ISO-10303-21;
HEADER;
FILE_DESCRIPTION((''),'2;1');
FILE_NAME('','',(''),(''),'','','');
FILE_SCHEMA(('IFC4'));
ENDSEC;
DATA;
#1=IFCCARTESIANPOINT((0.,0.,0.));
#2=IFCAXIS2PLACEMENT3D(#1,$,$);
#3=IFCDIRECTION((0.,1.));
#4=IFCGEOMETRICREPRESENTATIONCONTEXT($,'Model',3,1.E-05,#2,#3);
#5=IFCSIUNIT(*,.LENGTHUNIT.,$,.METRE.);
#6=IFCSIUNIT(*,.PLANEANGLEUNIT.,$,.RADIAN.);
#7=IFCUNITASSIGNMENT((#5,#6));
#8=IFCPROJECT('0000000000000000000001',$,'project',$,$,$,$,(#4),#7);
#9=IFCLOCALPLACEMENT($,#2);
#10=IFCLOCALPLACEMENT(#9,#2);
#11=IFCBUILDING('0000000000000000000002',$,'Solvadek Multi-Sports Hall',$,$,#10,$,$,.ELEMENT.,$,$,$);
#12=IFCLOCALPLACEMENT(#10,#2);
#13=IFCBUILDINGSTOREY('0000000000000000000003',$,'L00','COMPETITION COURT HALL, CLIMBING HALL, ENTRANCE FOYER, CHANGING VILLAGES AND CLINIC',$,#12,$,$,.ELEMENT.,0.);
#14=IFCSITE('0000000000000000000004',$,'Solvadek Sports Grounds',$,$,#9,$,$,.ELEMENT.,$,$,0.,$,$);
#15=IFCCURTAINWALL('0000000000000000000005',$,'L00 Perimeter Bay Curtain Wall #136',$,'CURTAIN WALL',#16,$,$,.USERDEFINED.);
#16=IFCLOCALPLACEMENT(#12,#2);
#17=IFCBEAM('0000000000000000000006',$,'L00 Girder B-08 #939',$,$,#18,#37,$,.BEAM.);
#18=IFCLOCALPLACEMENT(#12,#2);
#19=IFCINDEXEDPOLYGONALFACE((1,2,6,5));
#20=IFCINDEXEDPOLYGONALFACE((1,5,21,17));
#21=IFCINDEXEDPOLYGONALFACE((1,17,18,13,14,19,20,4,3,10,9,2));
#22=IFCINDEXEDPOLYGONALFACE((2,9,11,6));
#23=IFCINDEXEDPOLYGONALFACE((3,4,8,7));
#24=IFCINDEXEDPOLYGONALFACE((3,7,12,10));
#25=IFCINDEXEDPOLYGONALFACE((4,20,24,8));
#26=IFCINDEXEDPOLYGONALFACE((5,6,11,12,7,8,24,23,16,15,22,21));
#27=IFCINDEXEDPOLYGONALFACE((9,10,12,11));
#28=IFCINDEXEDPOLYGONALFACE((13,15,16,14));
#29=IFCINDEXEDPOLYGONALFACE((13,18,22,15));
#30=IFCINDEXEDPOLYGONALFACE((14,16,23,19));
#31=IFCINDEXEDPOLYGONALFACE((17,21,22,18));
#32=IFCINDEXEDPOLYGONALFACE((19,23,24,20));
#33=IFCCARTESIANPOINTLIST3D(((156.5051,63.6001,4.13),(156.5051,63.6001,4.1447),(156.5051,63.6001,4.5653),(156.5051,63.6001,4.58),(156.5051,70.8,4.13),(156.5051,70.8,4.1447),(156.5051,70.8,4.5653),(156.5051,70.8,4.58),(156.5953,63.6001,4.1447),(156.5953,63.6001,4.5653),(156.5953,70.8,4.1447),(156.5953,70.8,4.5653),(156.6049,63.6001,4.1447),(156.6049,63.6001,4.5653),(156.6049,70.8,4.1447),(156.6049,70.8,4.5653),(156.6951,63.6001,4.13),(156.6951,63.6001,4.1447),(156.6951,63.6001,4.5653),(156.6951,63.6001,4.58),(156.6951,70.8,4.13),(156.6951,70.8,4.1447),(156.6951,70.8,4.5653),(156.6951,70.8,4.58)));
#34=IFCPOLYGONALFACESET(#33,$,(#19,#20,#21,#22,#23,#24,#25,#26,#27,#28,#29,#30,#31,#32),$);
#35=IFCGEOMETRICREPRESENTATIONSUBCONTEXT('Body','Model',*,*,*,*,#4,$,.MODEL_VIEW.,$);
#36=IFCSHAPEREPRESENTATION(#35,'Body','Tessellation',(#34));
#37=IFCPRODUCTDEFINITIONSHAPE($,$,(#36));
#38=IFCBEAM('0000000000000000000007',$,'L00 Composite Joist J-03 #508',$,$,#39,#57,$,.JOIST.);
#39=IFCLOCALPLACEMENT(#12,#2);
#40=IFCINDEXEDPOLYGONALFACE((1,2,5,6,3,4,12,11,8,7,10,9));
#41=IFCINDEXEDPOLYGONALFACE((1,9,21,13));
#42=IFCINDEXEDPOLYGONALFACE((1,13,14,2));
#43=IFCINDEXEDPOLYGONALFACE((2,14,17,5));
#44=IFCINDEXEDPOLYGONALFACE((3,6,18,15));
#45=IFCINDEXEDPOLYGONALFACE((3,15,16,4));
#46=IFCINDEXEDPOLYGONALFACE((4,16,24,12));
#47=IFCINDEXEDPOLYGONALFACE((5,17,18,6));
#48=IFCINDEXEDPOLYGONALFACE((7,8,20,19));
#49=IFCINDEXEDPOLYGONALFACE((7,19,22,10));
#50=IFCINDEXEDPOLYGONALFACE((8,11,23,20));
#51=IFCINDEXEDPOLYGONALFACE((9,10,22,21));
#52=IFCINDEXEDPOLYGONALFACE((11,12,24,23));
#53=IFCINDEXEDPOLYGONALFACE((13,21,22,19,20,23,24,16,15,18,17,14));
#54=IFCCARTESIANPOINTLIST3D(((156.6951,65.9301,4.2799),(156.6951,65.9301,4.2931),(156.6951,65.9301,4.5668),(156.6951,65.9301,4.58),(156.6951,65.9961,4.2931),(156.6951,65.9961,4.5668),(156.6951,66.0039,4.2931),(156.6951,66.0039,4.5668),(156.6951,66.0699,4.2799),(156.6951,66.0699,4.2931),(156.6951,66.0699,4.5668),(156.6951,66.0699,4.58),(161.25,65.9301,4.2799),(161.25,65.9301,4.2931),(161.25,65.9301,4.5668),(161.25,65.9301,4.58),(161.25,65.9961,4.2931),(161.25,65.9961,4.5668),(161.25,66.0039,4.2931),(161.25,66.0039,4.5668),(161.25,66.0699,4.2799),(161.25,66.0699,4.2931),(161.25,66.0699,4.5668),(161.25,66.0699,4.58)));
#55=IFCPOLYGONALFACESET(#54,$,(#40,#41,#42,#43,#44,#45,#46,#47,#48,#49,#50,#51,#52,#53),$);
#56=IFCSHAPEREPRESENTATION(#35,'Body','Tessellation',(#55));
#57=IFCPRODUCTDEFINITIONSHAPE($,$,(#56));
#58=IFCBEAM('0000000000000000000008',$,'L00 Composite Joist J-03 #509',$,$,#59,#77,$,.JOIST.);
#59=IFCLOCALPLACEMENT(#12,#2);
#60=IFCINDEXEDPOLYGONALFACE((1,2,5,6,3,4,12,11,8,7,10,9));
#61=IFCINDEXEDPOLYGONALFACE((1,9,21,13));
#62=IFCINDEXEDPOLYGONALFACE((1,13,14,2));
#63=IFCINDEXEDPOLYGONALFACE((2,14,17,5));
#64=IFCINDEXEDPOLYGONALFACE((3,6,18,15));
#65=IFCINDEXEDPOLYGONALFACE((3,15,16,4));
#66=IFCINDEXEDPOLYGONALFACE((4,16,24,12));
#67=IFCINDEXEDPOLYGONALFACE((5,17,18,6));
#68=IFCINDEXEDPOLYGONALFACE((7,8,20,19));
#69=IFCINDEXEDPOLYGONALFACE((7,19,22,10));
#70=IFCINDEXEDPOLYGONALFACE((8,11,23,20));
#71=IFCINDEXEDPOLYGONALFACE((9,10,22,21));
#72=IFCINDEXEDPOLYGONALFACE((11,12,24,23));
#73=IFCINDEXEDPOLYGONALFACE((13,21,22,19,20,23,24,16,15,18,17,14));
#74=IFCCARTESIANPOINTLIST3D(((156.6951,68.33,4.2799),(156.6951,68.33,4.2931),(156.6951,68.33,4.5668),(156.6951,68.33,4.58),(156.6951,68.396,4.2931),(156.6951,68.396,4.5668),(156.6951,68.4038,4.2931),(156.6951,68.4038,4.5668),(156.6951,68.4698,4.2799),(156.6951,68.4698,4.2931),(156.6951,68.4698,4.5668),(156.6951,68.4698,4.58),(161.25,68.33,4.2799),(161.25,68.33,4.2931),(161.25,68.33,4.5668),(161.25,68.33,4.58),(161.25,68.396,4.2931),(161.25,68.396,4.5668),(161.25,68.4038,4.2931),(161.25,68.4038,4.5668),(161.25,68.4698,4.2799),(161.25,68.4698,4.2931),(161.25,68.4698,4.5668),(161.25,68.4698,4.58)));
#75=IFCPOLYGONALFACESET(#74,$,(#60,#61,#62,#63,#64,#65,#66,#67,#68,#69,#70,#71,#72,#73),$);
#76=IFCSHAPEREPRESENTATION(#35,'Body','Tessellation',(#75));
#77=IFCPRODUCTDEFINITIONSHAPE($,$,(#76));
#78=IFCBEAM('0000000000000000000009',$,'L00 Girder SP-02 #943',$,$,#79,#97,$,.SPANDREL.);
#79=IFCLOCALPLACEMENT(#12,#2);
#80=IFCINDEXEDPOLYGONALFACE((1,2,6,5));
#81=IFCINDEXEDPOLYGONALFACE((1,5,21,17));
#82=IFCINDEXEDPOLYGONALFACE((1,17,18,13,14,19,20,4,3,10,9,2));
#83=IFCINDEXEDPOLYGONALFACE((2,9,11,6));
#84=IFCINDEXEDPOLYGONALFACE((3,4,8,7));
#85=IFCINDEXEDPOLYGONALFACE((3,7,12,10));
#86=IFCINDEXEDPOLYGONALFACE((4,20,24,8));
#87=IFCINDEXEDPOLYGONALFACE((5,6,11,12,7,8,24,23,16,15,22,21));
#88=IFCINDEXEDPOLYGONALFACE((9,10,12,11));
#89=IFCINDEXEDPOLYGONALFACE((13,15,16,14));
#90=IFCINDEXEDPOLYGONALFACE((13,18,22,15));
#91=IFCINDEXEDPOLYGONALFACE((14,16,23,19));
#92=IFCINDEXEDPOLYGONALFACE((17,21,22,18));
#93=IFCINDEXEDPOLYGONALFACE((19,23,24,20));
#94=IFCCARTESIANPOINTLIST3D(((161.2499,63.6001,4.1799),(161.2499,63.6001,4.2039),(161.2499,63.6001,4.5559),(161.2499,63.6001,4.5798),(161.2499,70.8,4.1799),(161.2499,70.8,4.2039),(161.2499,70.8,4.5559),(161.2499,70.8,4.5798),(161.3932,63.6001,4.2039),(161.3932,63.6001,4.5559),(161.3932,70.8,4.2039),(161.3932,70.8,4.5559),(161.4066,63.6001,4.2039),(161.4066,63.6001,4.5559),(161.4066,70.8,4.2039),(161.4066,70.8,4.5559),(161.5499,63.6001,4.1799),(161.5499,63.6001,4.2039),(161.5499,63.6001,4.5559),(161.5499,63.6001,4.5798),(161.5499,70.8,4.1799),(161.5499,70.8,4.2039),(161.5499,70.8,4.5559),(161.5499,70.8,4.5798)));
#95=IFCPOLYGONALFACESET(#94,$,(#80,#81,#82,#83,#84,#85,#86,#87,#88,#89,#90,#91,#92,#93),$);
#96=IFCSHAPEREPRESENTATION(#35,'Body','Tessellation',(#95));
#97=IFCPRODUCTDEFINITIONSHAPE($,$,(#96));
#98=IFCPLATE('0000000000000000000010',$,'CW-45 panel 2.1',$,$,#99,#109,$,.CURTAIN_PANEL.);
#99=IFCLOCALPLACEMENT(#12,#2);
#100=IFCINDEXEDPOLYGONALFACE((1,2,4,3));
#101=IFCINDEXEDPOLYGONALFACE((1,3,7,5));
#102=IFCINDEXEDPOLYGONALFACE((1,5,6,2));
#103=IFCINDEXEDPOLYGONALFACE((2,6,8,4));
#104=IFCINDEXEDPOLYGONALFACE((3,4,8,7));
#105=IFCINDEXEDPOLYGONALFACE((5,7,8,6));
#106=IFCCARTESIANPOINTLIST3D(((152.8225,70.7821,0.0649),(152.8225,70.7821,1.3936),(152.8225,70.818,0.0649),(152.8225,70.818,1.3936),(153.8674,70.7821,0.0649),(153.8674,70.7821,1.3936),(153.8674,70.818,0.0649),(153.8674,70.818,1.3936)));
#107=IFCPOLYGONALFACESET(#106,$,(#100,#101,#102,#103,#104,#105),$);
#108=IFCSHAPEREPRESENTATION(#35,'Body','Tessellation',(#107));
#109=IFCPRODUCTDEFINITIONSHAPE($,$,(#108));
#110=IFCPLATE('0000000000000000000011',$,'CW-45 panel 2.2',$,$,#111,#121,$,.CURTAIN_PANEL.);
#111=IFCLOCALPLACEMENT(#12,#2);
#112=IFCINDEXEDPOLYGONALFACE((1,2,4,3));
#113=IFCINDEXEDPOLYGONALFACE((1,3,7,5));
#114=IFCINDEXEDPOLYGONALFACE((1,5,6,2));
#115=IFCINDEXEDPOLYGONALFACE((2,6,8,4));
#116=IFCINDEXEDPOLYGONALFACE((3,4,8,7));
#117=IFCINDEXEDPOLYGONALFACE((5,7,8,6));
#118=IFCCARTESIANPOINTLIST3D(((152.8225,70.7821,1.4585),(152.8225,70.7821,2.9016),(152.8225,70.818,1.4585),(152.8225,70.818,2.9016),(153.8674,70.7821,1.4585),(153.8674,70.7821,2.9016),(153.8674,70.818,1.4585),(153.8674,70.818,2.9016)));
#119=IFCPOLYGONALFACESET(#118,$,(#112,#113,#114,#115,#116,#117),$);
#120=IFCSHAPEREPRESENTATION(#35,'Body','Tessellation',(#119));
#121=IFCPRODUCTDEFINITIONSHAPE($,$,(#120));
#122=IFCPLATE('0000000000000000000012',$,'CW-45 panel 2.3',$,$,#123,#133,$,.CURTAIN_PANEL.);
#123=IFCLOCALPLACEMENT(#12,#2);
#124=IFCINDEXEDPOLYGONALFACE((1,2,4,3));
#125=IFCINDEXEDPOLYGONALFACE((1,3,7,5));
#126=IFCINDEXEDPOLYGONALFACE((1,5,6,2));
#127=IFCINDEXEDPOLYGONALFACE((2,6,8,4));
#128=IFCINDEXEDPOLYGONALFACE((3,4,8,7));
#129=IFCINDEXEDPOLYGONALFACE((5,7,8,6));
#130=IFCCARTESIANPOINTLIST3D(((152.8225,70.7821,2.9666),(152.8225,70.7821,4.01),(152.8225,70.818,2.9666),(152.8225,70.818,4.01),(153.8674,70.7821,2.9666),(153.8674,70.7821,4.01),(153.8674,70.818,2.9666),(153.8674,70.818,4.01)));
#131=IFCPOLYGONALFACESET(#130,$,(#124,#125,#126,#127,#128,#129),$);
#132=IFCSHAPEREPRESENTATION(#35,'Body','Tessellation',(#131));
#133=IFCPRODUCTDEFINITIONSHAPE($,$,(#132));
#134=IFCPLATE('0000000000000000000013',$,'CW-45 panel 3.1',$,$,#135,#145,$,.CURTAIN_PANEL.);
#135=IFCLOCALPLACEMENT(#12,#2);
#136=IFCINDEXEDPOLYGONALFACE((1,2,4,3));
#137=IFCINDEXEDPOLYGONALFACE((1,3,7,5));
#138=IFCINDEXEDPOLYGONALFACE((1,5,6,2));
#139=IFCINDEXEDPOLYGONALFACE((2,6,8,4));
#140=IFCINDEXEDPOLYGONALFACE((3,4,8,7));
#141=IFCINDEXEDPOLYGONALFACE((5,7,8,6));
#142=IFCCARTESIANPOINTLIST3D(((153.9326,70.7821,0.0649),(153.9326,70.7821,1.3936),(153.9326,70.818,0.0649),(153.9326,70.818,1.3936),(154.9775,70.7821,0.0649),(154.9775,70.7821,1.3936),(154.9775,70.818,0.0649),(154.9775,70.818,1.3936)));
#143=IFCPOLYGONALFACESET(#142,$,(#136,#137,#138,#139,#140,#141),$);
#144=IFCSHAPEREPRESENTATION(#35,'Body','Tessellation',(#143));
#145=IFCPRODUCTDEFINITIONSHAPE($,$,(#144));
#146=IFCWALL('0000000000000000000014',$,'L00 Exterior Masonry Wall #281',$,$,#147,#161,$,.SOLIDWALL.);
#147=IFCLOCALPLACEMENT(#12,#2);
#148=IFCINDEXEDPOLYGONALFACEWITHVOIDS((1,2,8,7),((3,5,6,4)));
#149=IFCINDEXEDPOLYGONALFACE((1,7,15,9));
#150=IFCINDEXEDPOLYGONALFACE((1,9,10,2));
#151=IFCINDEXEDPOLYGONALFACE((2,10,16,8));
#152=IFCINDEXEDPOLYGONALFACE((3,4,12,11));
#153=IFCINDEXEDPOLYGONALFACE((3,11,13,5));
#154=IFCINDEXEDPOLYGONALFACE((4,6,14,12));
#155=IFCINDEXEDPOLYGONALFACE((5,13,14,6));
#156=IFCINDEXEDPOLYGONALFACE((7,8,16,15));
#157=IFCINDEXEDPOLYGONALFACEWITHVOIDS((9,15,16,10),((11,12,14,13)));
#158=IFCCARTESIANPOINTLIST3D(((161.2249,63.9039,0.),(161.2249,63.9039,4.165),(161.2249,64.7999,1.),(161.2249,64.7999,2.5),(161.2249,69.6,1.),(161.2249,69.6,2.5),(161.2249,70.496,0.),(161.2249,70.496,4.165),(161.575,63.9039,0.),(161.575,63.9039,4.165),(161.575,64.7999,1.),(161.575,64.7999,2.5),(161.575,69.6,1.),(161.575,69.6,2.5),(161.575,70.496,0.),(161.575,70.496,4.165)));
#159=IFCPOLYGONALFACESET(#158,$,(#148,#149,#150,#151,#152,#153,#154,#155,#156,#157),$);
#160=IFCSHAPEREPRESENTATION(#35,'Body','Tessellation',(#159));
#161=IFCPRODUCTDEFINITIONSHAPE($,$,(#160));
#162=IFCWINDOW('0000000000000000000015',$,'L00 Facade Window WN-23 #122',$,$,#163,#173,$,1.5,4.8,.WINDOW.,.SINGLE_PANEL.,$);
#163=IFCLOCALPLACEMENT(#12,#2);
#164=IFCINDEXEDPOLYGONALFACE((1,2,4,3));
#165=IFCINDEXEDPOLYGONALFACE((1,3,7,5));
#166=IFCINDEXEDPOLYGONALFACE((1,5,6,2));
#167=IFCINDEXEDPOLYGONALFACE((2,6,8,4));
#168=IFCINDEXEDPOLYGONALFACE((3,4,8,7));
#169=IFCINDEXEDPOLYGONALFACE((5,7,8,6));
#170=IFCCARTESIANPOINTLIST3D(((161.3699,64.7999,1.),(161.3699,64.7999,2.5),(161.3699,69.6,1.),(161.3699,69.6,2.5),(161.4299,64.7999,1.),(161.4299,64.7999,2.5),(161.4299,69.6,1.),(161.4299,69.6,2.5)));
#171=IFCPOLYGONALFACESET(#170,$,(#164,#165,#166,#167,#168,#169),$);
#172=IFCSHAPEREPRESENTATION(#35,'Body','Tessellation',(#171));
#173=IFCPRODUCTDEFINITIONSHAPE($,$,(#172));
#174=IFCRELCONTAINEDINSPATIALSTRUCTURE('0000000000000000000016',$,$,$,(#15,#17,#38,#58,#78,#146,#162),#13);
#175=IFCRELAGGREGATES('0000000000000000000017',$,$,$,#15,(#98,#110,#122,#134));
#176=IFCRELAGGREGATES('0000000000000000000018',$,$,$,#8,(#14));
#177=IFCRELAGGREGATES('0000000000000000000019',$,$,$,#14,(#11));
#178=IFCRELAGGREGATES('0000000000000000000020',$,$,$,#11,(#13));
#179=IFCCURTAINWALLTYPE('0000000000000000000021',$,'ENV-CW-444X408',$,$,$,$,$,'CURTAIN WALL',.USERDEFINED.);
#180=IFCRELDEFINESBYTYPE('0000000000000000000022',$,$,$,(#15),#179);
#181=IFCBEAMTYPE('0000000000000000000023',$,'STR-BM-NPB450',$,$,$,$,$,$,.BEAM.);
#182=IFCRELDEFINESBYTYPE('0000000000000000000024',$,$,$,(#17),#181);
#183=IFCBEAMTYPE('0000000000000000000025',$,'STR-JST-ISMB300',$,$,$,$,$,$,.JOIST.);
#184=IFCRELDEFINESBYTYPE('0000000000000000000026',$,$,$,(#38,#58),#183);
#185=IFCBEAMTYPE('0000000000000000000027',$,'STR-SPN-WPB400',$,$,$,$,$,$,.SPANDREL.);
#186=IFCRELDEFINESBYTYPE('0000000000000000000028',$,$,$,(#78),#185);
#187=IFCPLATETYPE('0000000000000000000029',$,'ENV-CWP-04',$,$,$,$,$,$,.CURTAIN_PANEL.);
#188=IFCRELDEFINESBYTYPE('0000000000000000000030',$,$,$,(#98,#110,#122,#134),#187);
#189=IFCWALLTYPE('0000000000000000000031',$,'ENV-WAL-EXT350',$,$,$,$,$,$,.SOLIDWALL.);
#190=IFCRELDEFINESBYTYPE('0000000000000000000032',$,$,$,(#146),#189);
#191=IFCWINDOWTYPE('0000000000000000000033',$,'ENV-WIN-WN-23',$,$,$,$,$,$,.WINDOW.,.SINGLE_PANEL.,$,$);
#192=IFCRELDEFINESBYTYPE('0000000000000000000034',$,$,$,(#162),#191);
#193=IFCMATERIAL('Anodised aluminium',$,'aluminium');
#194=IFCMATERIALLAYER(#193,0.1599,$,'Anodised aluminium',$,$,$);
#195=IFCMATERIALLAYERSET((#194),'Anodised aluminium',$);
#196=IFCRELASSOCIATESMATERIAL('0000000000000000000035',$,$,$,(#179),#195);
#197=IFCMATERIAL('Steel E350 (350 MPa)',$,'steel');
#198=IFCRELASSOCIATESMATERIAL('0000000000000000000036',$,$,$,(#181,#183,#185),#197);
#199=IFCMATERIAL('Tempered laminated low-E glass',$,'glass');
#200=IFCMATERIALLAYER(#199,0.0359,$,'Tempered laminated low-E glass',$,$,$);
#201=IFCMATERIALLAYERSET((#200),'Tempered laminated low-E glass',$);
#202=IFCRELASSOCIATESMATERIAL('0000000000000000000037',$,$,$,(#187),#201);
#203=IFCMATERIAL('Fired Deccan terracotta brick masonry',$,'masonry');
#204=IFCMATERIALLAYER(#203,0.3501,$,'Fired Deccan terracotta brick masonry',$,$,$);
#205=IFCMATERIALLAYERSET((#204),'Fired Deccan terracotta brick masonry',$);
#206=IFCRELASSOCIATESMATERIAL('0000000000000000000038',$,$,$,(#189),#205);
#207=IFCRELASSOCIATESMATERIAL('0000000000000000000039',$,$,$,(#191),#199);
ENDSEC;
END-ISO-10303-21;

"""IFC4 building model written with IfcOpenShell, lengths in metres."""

from ifc_helpers import new_model, si_unit, direction, frame, frame_2d, origin, origin_2d, place, context, subcontext, project, spatial, rectangle, i_section, extrude, material, layer, layer_set, material_profile, profile_set, type_object, element, fill, aggregate, save


model = new_model("IFC4")

# Units and contexts
model_context = context("Model", 3, precision=1e-05, world=origin(), true_north=direction((0.0, 1.0)))
body_context = subcontext(model_context, "Body", "Model", "MODEL_VIEW")
ifc_project = project(units=[si_unit("LENGTHUNIT", "METRE"), si_unit("PLANEANGLEUNIT", "RADIAN")], contexts=[model_context])

# Site, building, storey
site_placement = place(None, origin())
site = spatial("IfcSite", under=ifc_project, at=site_placement, Name="Solvadek Sports Grounds", CompositionType="ELEMENT", RefElevation=0.0)
building_placement = place(site_placement, origin())
building = spatial("IfcBuilding", under=site, at=building_placement, Name="Solvadek Multi-Sports Hall", CompositionType="ELEMENT")
storey_placement = place(building_placement, origin())
storey = spatial("IfcBuildingStorey", under=building, at=storey_placement, Name="L00", Description="COMPETITION COURT HALL, CLIMBING HALL, ENTRANCE FOYER, CHANGING VILLAGES AND CLINIC", CompositionType="ELEMENT", Elevation=0.0)

# Shared definitions
ifc_material_1 = material(Name="Steel E350 (350 MPa)", Category="steel")

# Curtain wall
ifc_material_2 = material(Name="Anodised aluminium", Category="aluminium")
ifc_layer_1 = layer(ifc_material_2, 0.1599, Name="Anodised aluminium")
ifc_layer_set_1 = layer_set([ifc_layer_1], Name="Anodised aluminium")
curtain_wall_type = type_object("IfcCurtainWallType", Name="ENV-CW-444X408", ElementType="CURTAIN WALL", PredefinedType="USERDEFINED", material=ifc_layer_set_1)
curtain_wall_placement = place(storey_placement, origin())
curtain_wall = element("IfcCurtainWall", 1, at=curtain_wall_placement, inside=storey, type_object=curtain_wall_type, Name="L00 Perimeter Bay Curtain Wall #136", ObjectType="CURTAIN WALL", PredefinedType="USERDEFINED")

# Beams
ifc_material_profile_1 = material_profile(ifc_material_1, i_section(OverallWidth=0.1899, OverallDepth=0.45, WebThickness=0.0095, FlangeThickness=0.0146, at=origin_2d()), Name="NPB 450")
ifc_profile_set_1 = profile_set([ifc_material_profile_1], Name="Steel E350 (350 MPa)")
beam_type_1 = type_object("IfcBeamType", Name="STR-BM-NPB450", PredefinedType="BEAM", material=ifc_profile_set_1)
beam_1_placement = place(storey_placement, frame((156.6001, 63.6001, 4.355), z_axis=(0.0, 1.0, 0.0), x_axis=(-1.0, 0.0, 0.0)))
element("IfcBeam", 2, at=beam_1_placement, inside=storey, type_object=beam_type_1, Name="L00 Girder B-08 #939", PredefinedType="BEAM", context=body_context, shape_type="SweptSolid", body=[
    extrude(i_section(OverallWidth=0.1899, OverallDepth=0.45, WebThickness=0.0095, FlangeThickness=0.0146, at=origin_2d()), origin(), (0.0, 0.0, 1.0), 7.2),
])
ifc_material_profile_2 = material_profile(ifc_material_1, i_section(OverallWidth=0.1399, OverallDepth=0.3, WebThickness=0.0078, FlangeThickness=0.0132, at=origin_2d()), Name="ISMB 300")
ifc_profile_set_2 = profile_set([ifc_material_profile_2], Name="Steel E350 (350 MPa)")
beam_type_2 = type_object("IfcBeamType", Name="STR-JST-ISMB300", PredefinedType="JOIST", material=ifc_profile_set_2)
for number, where, z_axis, x_axis, name in (
    (3, (156.6951, 66.0, 4.4299), (1.0, 0.0, 0.0), (0.0, 1.0, 0.0), "L00 Composite Joist J-03 #508"),
    (4, (156.6951, 68.3999, 4.4299), (1.0, 0.0, 0.0), (0.0, 1.0, 0.0), "L00 Composite Joist J-03 #509"),
):
    element("IfcBeam", number, at=place(storey_placement, frame(where, z_axis=z_axis, x_axis=x_axis)), inside=storey, type_object=beam_type_2, Name=name, PredefinedType="JOIST", context=body_context, shape_type="SweptSolid", body=[
        extrude(i_section(OverallWidth=0.1399, OverallDepth=0.3, WebThickness=0.0078, FlangeThickness=0.0132, at=origin_2d()), origin(), (0.0, 0.0, 1.0), 4.5549),
    ])
ifc_material_profile_3 = material_profile(ifc_material_1, i_section(OverallWidth=0.3, OverallDepth=0.3999, WebThickness=0.0134, FlangeThickness=0.0239, at=origin_2d()), Name="WPB 400")
ifc_profile_set_3 = profile_set([ifc_material_profile_3], Name="Steel E350 (350 MPa)")
beam_type_3 = type_object("IfcBeamType", Name="STR-SPN-WPB400", PredefinedType="SPANDREL", material=ifc_profile_set_3)
beam_2_placement = place(storey_placement, frame((161.3999, 63.6001, 4.3799), z_axis=(0.0, 1.0, 0.0), x_axis=(-1.0, 0.0, 0.0)))
element("IfcBeam", 5, at=beam_2_placement, inside=storey, type_object=beam_type_3, Name="L00 Girder SP-02 #943", PredefinedType="SPANDREL", context=body_context, shape_type="SweptSolid", body=[
    extrude(i_section(OverallWidth=0.3, OverallDepth=0.3999, WebThickness=0.0134, FlangeThickness=0.0239, at=origin_2d()), origin(), (0.0, 0.0, 1.0), 7.2),
])

# Plates
ifc_material_3 = material(Name="Tempered laminated low-E glass", Category="glass")
ifc_layer_2 = layer(ifc_material_3, 0.0359, Name="Tempered laminated low-E glass")
ifc_layer_set_2 = layer_set([ifc_layer_2], Name="Tempered laminated low-E glass")
plate_type = type_object("IfcPlateType", Name="ENV-CWP-04", PredefinedType="CURTAIN_PANEL", material=ifc_layer_set_2)
plate_1_placement = place(storey_placement, frame((153.345, 70.8, 0.0649), z_axis=(0.0, 0.0, 1.0), x_axis=(1.0, 0.0, 0.0)))
plate_1 = element("IfcPlate", 6, at=plate_1_placement, type_object=plate_type, Name="CW-45 panel 2.1", PredefinedType="CURTAIN_PANEL", context=body_context, shape_type="SweptSolid", body=[
    extrude(rectangle(XDim=1.0449, YDim=0.0359, at=origin_2d()), origin(), (0.0, 0.0, 1.0), 1.3286),
])
plate_2_placement = place(storey_placement, frame((153.345, 70.8, 1.4585), z_axis=(0.0, 0.0, 1.0), x_axis=(1.0, 0.0, 0.0)))
plate_2 = element("IfcPlate", 7, at=plate_2_placement, type_object=plate_type, Name="CW-45 panel 2.2", PredefinedType="CURTAIN_PANEL", context=body_context, shape_type="SweptSolid", body=[
    extrude(rectangle(XDim=1.0449, YDim=0.0359, at=origin_2d()), origin(), (0.0, 0.0, 1.0), 1.4431),
])
plate_3_placement = place(storey_placement, frame((153.345, 70.8, 2.9666), z_axis=(0.0, 0.0, 1.0), x_axis=(1.0, 0.0, 0.0)))
plate_3 = element("IfcPlate", 8, at=plate_3_placement, type_object=plate_type, Name="CW-45 panel 2.3", PredefinedType="CURTAIN_PANEL", context=body_context, shape_type="SweptSolid", body=[
    extrude(rectangle(XDim=1.0449, YDim=0.0359, at=origin_2d()), origin(), (0.0, 0.0, 1.0), 1.0435),
])
plate_4_placement = place(storey_placement, frame((154.4551, 70.8, 0.0649), z_axis=(0.0, 0.0, 1.0), x_axis=(1.0, 0.0, 0.0)))
plate_4 = element("IfcPlate", 9, at=plate_4_placement, type_object=plate_type, Name="CW-45 panel 3.1", PredefinedType="CURTAIN_PANEL", context=body_context, shape_type="SweptSolid", body=[
    extrude(rectangle(XDim=1.0449, YDim=0.0359, at=origin_2d()), origin(), (0.0, 0.0, 1.0), 1.3286),
])
aggregate(curtain_wall, [plate_1, plate_2, plate_3, plate_4])

# Wall, opening, window
ifc_material_4 = material(Name="Fired Deccan terracotta brick masonry", Category="masonry")
ifc_layer_3 = layer(ifc_material_4, 0.3501, Name="Fired Deccan terracotta brick masonry")
ifc_layer_set_3 = layer_set([ifc_layer_3], Name="Fired Deccan terracotta brick masonry")
wall_type = type_object("IfcWallType", Name="ENV-WAL-EXT350", PredefinedType="SOLIDWALL", material=ifc_layer_set_3)
wall_placement = place(storey_placement, frame((161.3999, 63.9041, 0.0), z_axis=(0.0, 0.0, 1.0), x_axis=(0.0, 1.0, 0.0)))
wall = element("IfcWall", 10, at=wall_placement, inside=storey, type_object=wall_type, Name="L00 Exterior Masonry Wall #281", PredefinedType="SOLIDWALL", context=body_context, shape_type="SweptSolid", body=[
    extrude(rectangle(XDim=6.592, YDim=0.3501, at=frame_2d((3.2959, 0.0))), origin(), (0.0, 0.0, 1.0), 4.165),
])
opening_placement = place(wall_placement, frame((0.896, 0.0, 1.0)))
opening = element("IfcOpeningElement", 11, at=opening_placement, cuts=wall, PredefinedType="OPENING", context=body_context, shape_type="SweptSolid", body=[
    extrude(rectangle(XDim=4.8, YDim=1.5, at=frame_2d((2.3999, 0.75))), frame((0.0, 0.1851, 0.0), z_axis=(0.0, -1.0, 0.0), x_axis=(1.0, 0.0, 0.0)), (0.0, 0.0, 1.0), 0.3701),
])
window_type = type_object("IfcWindowType", Name="ENV-WIN-WN-23", PartitioningType="SINGLE_PANEL", PredefinedType="WINDOW", material=ifc_material_3)
window_placement = place(opening_placement, origin())
window = element("IfcWindow", 12, at=window_placement, inside=storey, type_object=window_type, Name="L00 Facade Window WN-23 #122", OverallHeight=1.5, OverallWidth=4.8, PartitioningType="SINGLE_PANEL", PredefinedType="WINDOW", context=body_context, shape_type="SweptSolid", body=[
    extrude(rectangle(XDim=4.8, YDim=1.5, at=frame_2d((2.3999, 0.75))), frame((0.0, 0.03, 0.0), z_axis=(0.0, -1.0, 0.0), x_axis=(1.0, 0.0, 0.0)), (0.0, 0.0, 1.0), 0.0601),
])
fill(opening, window)

save(model, "model.ifc")
